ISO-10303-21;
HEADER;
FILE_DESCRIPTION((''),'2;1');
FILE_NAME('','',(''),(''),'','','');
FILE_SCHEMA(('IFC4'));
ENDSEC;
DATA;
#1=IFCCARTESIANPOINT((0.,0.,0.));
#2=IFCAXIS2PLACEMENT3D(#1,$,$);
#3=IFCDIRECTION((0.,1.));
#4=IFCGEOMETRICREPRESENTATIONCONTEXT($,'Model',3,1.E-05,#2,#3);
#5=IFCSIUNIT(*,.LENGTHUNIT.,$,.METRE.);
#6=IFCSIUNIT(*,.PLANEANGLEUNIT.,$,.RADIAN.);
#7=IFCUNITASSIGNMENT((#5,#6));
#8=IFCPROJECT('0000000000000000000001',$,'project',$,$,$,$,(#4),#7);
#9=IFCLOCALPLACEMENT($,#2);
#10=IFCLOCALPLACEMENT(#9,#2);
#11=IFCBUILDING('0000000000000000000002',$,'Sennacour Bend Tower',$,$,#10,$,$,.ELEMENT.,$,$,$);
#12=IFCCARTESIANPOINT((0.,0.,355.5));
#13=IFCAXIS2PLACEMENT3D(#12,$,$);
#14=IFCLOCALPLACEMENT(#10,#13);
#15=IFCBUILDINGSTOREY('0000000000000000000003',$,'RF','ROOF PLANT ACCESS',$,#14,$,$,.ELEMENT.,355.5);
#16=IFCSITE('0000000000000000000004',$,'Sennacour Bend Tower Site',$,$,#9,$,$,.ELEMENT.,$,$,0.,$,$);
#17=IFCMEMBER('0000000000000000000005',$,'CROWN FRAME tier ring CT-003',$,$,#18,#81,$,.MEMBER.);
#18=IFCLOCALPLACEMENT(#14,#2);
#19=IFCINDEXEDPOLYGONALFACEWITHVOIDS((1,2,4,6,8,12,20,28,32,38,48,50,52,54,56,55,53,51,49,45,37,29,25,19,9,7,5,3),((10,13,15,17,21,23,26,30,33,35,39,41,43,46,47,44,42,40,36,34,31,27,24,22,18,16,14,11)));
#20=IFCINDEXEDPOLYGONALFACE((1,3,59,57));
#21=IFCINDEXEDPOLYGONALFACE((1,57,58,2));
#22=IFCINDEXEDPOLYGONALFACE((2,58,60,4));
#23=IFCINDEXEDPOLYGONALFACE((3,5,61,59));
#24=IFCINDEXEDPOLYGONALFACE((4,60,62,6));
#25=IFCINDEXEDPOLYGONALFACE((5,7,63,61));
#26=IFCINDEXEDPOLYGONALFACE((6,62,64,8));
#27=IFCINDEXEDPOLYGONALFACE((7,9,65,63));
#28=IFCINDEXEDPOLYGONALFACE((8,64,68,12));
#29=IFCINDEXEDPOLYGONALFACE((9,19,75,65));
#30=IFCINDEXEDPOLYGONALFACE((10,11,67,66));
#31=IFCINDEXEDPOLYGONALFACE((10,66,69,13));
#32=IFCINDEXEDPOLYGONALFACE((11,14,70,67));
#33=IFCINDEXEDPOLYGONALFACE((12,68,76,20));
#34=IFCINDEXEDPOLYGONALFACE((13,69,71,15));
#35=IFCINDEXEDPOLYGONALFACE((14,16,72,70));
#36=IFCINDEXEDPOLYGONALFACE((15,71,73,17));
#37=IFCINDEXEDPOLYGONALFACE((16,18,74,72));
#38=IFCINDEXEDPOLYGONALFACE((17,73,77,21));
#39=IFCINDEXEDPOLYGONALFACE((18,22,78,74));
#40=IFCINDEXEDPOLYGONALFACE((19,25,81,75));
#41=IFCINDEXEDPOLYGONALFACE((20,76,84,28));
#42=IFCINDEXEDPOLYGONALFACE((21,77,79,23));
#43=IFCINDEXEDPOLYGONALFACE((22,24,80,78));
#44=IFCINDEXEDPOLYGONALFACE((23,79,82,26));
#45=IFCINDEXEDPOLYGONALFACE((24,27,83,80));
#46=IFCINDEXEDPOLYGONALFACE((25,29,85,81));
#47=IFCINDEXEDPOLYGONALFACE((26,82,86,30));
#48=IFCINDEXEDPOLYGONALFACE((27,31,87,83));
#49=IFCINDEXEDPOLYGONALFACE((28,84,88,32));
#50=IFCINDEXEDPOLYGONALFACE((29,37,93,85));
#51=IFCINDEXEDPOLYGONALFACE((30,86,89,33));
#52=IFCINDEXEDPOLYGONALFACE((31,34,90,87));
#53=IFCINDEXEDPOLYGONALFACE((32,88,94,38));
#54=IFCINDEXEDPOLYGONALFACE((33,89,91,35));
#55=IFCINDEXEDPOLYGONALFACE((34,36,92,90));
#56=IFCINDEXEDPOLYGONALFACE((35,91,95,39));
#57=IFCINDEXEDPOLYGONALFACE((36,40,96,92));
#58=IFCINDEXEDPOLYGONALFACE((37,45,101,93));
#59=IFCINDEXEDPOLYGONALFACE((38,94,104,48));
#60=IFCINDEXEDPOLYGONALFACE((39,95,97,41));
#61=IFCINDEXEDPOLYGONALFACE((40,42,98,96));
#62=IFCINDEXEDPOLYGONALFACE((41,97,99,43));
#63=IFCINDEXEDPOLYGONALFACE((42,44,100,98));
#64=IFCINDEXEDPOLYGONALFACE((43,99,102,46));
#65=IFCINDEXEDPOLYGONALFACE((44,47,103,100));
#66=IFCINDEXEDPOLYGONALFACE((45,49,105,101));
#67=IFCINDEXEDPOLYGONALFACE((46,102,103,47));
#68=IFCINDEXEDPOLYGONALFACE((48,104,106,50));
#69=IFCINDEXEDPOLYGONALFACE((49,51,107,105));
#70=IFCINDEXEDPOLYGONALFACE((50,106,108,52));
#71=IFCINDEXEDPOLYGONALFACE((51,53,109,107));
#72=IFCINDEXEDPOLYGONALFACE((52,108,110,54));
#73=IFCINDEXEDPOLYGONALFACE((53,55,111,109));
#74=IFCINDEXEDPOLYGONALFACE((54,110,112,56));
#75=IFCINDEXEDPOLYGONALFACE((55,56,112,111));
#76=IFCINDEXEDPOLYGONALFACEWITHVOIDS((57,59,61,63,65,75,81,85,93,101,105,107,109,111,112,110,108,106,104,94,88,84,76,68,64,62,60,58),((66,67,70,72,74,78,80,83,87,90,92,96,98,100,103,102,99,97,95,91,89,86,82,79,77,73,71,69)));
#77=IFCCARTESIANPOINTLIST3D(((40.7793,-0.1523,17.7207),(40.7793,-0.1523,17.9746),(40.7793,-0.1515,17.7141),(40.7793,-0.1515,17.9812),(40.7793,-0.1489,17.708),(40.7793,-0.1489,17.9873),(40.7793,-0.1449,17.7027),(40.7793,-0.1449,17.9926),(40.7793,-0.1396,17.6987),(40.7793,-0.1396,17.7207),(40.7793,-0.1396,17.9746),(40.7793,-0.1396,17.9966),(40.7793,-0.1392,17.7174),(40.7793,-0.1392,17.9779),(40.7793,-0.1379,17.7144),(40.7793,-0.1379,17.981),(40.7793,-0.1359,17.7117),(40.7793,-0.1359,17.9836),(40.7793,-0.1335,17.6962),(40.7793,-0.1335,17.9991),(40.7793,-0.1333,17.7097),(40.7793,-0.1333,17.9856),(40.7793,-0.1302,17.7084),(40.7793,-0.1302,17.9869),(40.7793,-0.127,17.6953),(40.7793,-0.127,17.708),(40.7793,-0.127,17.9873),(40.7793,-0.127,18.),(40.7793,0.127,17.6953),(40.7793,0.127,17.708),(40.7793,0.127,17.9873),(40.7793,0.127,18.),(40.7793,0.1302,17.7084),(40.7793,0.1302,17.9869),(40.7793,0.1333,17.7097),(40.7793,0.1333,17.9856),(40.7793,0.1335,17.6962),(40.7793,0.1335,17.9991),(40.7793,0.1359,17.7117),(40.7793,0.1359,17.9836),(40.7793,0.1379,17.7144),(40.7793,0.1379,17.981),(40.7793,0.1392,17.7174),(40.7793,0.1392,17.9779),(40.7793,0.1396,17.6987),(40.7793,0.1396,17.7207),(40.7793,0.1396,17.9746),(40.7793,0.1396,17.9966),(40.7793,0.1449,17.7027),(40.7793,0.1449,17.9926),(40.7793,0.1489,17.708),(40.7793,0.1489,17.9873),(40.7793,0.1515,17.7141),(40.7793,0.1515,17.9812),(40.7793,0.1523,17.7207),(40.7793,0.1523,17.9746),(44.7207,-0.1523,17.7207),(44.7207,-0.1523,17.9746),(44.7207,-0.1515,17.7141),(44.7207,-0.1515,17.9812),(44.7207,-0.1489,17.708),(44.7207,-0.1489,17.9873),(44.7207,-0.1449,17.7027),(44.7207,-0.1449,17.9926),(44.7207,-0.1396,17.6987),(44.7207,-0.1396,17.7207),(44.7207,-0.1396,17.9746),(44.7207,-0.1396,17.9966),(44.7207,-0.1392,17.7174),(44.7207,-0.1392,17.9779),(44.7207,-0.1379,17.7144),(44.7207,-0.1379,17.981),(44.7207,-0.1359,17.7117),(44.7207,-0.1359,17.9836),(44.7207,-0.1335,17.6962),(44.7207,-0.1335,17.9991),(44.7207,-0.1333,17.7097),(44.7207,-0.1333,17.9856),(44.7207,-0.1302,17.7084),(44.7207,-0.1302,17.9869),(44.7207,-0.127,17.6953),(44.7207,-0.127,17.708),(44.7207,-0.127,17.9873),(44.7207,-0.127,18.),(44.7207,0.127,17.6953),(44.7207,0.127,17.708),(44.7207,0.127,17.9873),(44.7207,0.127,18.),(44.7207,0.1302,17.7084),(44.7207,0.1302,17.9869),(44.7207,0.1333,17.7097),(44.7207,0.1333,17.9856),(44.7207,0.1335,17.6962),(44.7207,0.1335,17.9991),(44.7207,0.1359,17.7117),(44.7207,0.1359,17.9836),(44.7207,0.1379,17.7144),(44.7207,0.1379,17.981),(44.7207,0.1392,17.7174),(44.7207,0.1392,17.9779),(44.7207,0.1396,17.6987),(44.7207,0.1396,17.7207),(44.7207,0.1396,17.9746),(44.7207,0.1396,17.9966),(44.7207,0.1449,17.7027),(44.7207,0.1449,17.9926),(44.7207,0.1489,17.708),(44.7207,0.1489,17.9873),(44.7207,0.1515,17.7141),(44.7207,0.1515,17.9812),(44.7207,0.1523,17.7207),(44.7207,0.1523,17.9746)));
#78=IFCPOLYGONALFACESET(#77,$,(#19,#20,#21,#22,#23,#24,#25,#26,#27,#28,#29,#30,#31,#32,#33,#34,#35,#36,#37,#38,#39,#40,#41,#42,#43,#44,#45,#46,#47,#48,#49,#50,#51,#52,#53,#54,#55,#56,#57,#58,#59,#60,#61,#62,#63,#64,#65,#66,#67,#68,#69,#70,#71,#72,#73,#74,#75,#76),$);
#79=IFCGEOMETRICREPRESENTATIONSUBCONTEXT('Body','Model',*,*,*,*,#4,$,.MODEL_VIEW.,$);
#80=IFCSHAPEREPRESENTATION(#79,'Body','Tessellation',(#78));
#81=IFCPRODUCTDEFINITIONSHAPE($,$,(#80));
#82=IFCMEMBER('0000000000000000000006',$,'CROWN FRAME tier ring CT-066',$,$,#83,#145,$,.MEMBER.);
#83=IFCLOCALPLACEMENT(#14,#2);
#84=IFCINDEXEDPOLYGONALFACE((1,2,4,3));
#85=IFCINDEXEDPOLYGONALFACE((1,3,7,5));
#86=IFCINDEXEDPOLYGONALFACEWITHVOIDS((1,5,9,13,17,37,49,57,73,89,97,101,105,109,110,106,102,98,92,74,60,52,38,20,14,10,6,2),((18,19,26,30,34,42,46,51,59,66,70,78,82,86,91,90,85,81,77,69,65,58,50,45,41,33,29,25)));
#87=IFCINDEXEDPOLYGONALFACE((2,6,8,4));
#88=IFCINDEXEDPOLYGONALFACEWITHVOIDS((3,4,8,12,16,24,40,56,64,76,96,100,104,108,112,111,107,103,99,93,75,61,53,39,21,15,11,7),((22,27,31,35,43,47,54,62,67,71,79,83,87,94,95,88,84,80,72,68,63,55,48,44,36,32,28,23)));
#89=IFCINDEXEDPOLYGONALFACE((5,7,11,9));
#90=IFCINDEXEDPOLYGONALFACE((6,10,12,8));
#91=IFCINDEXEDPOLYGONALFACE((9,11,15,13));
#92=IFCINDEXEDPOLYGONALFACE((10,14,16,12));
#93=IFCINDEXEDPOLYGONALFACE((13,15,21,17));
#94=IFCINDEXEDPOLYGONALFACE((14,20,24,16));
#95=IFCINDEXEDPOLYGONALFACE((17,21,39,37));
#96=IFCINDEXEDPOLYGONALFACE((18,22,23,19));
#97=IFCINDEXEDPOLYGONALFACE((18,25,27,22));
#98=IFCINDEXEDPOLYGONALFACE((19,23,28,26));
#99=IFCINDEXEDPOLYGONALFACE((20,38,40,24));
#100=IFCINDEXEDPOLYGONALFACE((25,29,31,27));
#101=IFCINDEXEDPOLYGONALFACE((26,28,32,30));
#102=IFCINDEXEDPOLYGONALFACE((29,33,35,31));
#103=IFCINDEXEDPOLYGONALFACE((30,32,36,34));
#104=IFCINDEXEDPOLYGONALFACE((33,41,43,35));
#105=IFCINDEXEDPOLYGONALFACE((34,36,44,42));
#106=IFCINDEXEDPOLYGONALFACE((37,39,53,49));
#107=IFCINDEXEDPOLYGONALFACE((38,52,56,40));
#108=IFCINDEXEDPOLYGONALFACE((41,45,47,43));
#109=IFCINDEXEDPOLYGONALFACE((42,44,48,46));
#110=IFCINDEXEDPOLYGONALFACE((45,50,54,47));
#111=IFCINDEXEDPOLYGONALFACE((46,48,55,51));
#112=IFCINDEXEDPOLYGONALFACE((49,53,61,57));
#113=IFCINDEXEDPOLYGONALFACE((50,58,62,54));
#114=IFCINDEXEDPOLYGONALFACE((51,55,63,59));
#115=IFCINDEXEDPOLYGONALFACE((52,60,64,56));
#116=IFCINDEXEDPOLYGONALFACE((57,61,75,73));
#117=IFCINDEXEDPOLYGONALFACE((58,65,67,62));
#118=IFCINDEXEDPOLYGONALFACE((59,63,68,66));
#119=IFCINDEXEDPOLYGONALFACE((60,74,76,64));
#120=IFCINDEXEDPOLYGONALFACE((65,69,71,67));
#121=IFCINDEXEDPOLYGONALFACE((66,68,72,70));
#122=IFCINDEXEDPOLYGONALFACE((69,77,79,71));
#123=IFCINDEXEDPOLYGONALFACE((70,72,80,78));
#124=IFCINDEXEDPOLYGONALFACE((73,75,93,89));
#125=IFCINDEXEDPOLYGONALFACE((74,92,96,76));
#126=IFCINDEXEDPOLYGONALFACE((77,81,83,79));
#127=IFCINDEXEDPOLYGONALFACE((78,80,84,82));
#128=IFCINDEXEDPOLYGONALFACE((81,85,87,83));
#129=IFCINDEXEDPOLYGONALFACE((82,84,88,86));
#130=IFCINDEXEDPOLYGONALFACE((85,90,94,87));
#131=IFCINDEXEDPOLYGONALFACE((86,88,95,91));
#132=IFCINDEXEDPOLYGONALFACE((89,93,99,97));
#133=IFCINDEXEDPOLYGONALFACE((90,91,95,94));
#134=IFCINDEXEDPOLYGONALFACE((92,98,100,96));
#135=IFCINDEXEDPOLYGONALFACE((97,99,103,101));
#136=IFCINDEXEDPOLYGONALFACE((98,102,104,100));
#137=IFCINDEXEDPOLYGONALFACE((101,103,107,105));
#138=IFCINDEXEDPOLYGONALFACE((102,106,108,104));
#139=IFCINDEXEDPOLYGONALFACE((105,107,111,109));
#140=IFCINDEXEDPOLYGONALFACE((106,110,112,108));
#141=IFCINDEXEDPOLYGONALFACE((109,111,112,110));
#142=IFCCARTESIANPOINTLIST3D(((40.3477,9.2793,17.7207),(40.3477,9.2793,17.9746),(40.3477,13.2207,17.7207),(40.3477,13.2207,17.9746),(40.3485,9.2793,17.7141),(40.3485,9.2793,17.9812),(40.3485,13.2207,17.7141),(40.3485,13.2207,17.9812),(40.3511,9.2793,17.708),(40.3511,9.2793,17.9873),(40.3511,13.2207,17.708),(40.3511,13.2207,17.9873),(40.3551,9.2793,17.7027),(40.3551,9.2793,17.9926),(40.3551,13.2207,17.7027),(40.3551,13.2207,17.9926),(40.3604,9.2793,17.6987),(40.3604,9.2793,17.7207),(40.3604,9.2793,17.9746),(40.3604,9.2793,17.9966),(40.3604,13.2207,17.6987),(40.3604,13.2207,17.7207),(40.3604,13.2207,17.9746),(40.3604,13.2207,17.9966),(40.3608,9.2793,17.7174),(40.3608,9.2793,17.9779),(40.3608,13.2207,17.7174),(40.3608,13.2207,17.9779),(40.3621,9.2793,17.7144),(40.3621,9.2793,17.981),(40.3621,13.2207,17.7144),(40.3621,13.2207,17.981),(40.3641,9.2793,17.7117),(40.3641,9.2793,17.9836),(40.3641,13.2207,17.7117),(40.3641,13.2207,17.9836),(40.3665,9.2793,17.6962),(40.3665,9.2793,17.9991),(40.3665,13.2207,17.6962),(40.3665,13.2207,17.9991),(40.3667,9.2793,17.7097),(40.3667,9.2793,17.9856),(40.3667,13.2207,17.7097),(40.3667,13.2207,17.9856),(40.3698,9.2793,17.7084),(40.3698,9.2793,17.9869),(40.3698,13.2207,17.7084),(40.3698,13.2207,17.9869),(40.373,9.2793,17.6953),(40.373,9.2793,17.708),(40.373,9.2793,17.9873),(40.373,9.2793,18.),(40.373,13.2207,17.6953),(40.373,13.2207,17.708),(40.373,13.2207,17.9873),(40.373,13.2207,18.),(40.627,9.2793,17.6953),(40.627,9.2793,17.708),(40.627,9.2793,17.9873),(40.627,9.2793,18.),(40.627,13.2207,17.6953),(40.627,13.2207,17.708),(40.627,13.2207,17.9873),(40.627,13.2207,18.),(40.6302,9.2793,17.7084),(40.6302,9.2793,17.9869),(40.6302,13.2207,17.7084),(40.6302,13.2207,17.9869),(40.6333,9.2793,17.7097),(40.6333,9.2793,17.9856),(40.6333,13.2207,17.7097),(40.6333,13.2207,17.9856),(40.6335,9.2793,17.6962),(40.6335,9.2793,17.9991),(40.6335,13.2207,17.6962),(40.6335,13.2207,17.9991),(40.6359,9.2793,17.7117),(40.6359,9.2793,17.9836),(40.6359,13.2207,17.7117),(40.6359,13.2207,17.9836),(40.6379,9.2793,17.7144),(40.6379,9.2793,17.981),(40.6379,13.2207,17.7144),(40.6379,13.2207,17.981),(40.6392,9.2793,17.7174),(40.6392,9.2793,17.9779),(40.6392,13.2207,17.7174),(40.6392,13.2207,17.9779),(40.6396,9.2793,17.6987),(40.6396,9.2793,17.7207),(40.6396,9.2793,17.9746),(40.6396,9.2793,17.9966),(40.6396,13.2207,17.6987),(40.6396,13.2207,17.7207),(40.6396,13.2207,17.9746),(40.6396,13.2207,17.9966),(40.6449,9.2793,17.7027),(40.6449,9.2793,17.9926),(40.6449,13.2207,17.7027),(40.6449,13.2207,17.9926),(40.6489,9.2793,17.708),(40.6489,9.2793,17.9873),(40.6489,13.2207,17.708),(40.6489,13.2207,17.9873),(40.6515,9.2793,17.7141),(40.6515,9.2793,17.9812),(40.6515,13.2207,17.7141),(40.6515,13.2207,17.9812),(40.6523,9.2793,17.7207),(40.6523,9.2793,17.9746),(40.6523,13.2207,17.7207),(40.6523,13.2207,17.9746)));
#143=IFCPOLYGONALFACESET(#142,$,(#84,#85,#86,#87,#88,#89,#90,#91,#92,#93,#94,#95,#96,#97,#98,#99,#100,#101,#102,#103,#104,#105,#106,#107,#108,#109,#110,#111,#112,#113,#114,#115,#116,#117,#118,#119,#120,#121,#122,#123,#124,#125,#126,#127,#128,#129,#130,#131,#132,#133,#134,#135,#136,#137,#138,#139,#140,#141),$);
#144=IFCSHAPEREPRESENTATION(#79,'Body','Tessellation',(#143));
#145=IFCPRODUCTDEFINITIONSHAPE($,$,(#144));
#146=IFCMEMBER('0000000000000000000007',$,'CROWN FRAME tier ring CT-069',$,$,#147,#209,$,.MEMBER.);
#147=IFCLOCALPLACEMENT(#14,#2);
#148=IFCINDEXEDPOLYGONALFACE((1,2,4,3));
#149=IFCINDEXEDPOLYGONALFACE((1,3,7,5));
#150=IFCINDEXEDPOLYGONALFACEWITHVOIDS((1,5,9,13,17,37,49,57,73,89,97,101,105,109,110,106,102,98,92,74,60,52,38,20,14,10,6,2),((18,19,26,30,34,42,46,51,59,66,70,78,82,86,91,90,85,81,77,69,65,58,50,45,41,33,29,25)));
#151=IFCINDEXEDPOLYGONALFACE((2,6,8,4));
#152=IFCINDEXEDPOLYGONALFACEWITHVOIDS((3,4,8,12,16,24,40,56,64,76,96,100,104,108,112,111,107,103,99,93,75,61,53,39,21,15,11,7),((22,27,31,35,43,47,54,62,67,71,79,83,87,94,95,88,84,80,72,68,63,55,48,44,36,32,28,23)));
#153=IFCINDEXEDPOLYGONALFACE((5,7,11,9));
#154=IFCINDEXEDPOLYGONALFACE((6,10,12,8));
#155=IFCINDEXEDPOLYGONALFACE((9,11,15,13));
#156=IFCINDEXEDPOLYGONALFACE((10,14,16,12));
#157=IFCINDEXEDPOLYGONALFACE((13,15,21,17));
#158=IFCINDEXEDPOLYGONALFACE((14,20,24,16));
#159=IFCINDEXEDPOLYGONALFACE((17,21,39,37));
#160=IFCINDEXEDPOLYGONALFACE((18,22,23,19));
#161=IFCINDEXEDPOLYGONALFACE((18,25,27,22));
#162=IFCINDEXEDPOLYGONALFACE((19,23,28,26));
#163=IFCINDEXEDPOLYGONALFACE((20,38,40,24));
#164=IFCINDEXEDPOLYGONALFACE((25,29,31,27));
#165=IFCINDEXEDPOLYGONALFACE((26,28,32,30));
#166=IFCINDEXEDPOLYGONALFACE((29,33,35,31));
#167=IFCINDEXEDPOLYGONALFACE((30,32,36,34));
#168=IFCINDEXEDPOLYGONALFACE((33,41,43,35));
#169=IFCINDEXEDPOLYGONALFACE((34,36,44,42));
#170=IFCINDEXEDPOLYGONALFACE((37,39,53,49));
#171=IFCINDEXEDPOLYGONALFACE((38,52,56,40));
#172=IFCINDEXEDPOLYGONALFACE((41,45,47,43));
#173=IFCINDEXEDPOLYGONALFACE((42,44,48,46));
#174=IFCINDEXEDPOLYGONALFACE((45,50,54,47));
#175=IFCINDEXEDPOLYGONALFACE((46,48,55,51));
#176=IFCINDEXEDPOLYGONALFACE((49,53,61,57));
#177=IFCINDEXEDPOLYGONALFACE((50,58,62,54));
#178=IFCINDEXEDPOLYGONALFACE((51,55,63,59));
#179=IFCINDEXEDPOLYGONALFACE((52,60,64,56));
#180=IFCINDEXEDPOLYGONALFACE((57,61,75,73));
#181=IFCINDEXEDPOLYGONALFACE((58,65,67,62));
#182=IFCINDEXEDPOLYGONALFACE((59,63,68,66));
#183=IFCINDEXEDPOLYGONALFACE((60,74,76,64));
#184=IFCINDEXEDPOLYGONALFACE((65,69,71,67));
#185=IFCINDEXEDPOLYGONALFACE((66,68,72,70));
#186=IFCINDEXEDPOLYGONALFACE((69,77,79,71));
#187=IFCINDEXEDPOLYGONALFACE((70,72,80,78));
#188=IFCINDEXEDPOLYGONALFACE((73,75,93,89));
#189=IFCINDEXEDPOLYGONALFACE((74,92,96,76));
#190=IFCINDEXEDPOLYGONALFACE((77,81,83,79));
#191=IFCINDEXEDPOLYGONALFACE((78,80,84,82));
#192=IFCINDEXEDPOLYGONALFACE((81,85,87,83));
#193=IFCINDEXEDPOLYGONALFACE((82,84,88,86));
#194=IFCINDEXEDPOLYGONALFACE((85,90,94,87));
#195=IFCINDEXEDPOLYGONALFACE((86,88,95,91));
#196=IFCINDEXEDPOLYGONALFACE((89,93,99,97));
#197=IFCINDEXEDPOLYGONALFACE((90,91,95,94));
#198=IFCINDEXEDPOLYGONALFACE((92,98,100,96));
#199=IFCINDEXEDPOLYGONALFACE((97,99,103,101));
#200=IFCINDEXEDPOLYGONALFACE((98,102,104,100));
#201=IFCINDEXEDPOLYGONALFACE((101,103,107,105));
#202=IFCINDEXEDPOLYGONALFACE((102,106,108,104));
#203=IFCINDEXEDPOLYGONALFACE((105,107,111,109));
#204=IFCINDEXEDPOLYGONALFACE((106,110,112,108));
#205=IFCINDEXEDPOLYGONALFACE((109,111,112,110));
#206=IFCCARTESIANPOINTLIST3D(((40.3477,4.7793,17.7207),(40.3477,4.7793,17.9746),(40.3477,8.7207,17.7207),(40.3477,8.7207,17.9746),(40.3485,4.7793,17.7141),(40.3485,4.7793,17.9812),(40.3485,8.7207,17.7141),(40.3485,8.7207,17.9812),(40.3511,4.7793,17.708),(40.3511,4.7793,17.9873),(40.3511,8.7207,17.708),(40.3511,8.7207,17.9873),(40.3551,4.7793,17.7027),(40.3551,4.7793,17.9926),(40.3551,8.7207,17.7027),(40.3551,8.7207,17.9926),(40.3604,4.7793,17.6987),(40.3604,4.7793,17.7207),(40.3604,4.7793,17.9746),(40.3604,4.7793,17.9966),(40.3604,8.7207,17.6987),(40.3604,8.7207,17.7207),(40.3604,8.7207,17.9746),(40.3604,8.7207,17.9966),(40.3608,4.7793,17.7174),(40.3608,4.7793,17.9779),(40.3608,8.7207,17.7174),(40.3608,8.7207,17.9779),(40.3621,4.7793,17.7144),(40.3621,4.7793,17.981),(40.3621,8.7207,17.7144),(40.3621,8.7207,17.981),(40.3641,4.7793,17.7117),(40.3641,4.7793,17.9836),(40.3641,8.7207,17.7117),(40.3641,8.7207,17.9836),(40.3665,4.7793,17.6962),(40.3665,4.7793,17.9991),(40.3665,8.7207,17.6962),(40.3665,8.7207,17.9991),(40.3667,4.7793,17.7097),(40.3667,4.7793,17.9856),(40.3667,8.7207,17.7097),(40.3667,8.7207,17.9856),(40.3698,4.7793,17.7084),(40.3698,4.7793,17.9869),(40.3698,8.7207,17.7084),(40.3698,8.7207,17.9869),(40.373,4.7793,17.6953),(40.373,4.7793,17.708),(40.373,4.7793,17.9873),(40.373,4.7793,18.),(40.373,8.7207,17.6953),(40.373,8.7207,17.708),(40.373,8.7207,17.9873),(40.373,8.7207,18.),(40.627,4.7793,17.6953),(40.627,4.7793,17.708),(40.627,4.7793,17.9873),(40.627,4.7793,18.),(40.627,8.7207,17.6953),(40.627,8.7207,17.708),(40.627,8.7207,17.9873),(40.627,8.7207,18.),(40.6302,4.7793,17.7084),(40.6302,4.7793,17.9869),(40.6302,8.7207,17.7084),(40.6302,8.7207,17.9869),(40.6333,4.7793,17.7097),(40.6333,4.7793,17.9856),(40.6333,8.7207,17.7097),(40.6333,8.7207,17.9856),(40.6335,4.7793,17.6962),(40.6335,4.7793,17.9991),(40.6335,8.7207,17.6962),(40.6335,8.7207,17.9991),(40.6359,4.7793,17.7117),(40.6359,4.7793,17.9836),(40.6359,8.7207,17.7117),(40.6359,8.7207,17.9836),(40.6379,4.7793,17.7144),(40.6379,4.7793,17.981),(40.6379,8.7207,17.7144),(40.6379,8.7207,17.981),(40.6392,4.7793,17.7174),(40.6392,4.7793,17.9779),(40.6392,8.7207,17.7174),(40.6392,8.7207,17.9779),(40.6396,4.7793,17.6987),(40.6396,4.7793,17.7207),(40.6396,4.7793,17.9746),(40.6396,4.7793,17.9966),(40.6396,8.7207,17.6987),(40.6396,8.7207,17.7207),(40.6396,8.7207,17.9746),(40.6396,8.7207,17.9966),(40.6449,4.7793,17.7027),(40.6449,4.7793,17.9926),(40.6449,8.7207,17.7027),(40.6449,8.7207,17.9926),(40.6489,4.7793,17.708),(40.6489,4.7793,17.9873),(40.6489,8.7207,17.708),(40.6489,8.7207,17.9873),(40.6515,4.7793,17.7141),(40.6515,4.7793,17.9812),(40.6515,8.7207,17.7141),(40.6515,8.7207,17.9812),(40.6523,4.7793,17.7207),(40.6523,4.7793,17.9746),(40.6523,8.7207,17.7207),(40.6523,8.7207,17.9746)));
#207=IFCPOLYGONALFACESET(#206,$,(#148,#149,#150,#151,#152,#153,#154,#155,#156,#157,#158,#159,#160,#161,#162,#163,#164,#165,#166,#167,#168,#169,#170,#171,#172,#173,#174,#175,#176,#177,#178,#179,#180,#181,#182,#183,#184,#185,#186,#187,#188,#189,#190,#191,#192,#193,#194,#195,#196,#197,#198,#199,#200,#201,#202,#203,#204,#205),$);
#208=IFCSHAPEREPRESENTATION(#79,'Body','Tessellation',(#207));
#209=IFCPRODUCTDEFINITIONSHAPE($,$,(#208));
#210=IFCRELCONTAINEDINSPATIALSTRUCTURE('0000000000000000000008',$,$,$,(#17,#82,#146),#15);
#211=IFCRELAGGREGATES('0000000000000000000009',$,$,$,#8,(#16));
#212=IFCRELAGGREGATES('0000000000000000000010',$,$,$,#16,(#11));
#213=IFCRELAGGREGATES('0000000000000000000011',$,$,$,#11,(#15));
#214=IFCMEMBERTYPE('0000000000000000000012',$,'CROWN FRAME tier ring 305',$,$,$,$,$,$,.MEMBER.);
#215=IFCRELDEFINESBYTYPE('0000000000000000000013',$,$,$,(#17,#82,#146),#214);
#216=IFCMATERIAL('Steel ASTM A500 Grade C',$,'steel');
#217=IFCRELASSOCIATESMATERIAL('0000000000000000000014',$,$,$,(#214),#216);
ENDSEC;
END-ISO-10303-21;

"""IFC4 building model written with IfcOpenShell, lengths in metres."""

from ifc_helpers import new_model, si_unit, direction, frame, origin, origin_2d, place, context, subcontext, project, spatial, hollow_rectangle, extrude, material, material_profile, profile_set, type_object, element, save


model = new_model("IFC4")

# Units and contexts
model_context = context("Model", 3, precision=1e-05, world=origin(), true_north=direction((0.0, 1.0)))
body_context = subcontext(model_context, "Body", "Model", "MODEL_VIEW")
ifc_project = project(units=[si_unit("LENGTHUNIT", "METRE"), si_unit("PLANEANGLEUNIT", "RADIAN")], contexts=[model_context])

# Site, building, storey
site_placement = place(None, origin())
site = spatial("IfcSite", under=ifc_project, at=site_placement, Name="Sennacour Bend Tower Site", CompositionType="ELEMENT", RefElevation=0.0)
building_placement = place(site_placement, origin())
building = spatial("IfcBuilding", under=site, at=building_placement, Name="Sennacour Bend Tower", CompositionType="ELEMENT")
storey_placement = place(building_placement, frame((0.0, 0.0, 355.5)))
storey = spatial("IfcBuildingStorey", under=building, at=storey_placement, Name="RF", Description="ROOF PLANT ACCESS", CompositionType="ELEMENT", Elevation=355.5)

# Shared definitions
ifc_material_1 = material(Name="Steel ASTM A500 Grade C", Category="steel")

# Members
ifc_material_profile_1 = material_profile(ifc_material_1, hollow_rectangle(XDim=0.3047, YDim=0.3047, WallThickness=0.0127, InnerFilletRadius=0.0127, OuterFilletRadius=0.0254, at=origin_2d()), Name="Steel ASTM A500 Grade C", Category="steel")
ifc_profile_set_1 = profile_set([ifc_material_profile_1], Name="Steel ASTM A500 Grade C")
member_type_1 = type_object("IfcMemberType", Name="CROWN FRAME tier ring 305", PredefinedType="MEMBER", material=ifc_profile_set_1)
for number, where, z_axis, x_axis, name in (
    (1, (40.7793, 0.0, 17.8477), (1.0, 0.0, 0.0), (0.0, 1.0, 0.0), "CROWN FRAME tier ring CT-003"),
    (2, (40.5, 13.2207, 17.8477), (0.0, -1.0, 0.0), (1.0, 0.0, 0.0), "CROWN FRAME tier ring CT-066"),
    (3, (40.5, 8.7207, 17.8477), (0.0, -1.0, 0.0), (1.0, 0.0, 0.0), "CROWN FRAME tier ring CT-069"),
):
    element("IfcMember", number, at=place(storey_placement, frame(where, z_axis=z_axis, x_axis=x_axis)), inside=storey, type_object=member_type_1, Name=name, PredefinedType="MEMBER", context=body_context, shape_type="SweptSolid", body=[
        extrude(hollow_rectangle(XDim=0.3047, YDim=0.3047, WallThickness=0.0127, InnerFilletRadius=0.0127, OuterFilletRadius=0.0254, at=origin_2d()), origin(), (0.0, 0.0, 1.0), 3.9414),
    ])

save(model, "model.ifc")
